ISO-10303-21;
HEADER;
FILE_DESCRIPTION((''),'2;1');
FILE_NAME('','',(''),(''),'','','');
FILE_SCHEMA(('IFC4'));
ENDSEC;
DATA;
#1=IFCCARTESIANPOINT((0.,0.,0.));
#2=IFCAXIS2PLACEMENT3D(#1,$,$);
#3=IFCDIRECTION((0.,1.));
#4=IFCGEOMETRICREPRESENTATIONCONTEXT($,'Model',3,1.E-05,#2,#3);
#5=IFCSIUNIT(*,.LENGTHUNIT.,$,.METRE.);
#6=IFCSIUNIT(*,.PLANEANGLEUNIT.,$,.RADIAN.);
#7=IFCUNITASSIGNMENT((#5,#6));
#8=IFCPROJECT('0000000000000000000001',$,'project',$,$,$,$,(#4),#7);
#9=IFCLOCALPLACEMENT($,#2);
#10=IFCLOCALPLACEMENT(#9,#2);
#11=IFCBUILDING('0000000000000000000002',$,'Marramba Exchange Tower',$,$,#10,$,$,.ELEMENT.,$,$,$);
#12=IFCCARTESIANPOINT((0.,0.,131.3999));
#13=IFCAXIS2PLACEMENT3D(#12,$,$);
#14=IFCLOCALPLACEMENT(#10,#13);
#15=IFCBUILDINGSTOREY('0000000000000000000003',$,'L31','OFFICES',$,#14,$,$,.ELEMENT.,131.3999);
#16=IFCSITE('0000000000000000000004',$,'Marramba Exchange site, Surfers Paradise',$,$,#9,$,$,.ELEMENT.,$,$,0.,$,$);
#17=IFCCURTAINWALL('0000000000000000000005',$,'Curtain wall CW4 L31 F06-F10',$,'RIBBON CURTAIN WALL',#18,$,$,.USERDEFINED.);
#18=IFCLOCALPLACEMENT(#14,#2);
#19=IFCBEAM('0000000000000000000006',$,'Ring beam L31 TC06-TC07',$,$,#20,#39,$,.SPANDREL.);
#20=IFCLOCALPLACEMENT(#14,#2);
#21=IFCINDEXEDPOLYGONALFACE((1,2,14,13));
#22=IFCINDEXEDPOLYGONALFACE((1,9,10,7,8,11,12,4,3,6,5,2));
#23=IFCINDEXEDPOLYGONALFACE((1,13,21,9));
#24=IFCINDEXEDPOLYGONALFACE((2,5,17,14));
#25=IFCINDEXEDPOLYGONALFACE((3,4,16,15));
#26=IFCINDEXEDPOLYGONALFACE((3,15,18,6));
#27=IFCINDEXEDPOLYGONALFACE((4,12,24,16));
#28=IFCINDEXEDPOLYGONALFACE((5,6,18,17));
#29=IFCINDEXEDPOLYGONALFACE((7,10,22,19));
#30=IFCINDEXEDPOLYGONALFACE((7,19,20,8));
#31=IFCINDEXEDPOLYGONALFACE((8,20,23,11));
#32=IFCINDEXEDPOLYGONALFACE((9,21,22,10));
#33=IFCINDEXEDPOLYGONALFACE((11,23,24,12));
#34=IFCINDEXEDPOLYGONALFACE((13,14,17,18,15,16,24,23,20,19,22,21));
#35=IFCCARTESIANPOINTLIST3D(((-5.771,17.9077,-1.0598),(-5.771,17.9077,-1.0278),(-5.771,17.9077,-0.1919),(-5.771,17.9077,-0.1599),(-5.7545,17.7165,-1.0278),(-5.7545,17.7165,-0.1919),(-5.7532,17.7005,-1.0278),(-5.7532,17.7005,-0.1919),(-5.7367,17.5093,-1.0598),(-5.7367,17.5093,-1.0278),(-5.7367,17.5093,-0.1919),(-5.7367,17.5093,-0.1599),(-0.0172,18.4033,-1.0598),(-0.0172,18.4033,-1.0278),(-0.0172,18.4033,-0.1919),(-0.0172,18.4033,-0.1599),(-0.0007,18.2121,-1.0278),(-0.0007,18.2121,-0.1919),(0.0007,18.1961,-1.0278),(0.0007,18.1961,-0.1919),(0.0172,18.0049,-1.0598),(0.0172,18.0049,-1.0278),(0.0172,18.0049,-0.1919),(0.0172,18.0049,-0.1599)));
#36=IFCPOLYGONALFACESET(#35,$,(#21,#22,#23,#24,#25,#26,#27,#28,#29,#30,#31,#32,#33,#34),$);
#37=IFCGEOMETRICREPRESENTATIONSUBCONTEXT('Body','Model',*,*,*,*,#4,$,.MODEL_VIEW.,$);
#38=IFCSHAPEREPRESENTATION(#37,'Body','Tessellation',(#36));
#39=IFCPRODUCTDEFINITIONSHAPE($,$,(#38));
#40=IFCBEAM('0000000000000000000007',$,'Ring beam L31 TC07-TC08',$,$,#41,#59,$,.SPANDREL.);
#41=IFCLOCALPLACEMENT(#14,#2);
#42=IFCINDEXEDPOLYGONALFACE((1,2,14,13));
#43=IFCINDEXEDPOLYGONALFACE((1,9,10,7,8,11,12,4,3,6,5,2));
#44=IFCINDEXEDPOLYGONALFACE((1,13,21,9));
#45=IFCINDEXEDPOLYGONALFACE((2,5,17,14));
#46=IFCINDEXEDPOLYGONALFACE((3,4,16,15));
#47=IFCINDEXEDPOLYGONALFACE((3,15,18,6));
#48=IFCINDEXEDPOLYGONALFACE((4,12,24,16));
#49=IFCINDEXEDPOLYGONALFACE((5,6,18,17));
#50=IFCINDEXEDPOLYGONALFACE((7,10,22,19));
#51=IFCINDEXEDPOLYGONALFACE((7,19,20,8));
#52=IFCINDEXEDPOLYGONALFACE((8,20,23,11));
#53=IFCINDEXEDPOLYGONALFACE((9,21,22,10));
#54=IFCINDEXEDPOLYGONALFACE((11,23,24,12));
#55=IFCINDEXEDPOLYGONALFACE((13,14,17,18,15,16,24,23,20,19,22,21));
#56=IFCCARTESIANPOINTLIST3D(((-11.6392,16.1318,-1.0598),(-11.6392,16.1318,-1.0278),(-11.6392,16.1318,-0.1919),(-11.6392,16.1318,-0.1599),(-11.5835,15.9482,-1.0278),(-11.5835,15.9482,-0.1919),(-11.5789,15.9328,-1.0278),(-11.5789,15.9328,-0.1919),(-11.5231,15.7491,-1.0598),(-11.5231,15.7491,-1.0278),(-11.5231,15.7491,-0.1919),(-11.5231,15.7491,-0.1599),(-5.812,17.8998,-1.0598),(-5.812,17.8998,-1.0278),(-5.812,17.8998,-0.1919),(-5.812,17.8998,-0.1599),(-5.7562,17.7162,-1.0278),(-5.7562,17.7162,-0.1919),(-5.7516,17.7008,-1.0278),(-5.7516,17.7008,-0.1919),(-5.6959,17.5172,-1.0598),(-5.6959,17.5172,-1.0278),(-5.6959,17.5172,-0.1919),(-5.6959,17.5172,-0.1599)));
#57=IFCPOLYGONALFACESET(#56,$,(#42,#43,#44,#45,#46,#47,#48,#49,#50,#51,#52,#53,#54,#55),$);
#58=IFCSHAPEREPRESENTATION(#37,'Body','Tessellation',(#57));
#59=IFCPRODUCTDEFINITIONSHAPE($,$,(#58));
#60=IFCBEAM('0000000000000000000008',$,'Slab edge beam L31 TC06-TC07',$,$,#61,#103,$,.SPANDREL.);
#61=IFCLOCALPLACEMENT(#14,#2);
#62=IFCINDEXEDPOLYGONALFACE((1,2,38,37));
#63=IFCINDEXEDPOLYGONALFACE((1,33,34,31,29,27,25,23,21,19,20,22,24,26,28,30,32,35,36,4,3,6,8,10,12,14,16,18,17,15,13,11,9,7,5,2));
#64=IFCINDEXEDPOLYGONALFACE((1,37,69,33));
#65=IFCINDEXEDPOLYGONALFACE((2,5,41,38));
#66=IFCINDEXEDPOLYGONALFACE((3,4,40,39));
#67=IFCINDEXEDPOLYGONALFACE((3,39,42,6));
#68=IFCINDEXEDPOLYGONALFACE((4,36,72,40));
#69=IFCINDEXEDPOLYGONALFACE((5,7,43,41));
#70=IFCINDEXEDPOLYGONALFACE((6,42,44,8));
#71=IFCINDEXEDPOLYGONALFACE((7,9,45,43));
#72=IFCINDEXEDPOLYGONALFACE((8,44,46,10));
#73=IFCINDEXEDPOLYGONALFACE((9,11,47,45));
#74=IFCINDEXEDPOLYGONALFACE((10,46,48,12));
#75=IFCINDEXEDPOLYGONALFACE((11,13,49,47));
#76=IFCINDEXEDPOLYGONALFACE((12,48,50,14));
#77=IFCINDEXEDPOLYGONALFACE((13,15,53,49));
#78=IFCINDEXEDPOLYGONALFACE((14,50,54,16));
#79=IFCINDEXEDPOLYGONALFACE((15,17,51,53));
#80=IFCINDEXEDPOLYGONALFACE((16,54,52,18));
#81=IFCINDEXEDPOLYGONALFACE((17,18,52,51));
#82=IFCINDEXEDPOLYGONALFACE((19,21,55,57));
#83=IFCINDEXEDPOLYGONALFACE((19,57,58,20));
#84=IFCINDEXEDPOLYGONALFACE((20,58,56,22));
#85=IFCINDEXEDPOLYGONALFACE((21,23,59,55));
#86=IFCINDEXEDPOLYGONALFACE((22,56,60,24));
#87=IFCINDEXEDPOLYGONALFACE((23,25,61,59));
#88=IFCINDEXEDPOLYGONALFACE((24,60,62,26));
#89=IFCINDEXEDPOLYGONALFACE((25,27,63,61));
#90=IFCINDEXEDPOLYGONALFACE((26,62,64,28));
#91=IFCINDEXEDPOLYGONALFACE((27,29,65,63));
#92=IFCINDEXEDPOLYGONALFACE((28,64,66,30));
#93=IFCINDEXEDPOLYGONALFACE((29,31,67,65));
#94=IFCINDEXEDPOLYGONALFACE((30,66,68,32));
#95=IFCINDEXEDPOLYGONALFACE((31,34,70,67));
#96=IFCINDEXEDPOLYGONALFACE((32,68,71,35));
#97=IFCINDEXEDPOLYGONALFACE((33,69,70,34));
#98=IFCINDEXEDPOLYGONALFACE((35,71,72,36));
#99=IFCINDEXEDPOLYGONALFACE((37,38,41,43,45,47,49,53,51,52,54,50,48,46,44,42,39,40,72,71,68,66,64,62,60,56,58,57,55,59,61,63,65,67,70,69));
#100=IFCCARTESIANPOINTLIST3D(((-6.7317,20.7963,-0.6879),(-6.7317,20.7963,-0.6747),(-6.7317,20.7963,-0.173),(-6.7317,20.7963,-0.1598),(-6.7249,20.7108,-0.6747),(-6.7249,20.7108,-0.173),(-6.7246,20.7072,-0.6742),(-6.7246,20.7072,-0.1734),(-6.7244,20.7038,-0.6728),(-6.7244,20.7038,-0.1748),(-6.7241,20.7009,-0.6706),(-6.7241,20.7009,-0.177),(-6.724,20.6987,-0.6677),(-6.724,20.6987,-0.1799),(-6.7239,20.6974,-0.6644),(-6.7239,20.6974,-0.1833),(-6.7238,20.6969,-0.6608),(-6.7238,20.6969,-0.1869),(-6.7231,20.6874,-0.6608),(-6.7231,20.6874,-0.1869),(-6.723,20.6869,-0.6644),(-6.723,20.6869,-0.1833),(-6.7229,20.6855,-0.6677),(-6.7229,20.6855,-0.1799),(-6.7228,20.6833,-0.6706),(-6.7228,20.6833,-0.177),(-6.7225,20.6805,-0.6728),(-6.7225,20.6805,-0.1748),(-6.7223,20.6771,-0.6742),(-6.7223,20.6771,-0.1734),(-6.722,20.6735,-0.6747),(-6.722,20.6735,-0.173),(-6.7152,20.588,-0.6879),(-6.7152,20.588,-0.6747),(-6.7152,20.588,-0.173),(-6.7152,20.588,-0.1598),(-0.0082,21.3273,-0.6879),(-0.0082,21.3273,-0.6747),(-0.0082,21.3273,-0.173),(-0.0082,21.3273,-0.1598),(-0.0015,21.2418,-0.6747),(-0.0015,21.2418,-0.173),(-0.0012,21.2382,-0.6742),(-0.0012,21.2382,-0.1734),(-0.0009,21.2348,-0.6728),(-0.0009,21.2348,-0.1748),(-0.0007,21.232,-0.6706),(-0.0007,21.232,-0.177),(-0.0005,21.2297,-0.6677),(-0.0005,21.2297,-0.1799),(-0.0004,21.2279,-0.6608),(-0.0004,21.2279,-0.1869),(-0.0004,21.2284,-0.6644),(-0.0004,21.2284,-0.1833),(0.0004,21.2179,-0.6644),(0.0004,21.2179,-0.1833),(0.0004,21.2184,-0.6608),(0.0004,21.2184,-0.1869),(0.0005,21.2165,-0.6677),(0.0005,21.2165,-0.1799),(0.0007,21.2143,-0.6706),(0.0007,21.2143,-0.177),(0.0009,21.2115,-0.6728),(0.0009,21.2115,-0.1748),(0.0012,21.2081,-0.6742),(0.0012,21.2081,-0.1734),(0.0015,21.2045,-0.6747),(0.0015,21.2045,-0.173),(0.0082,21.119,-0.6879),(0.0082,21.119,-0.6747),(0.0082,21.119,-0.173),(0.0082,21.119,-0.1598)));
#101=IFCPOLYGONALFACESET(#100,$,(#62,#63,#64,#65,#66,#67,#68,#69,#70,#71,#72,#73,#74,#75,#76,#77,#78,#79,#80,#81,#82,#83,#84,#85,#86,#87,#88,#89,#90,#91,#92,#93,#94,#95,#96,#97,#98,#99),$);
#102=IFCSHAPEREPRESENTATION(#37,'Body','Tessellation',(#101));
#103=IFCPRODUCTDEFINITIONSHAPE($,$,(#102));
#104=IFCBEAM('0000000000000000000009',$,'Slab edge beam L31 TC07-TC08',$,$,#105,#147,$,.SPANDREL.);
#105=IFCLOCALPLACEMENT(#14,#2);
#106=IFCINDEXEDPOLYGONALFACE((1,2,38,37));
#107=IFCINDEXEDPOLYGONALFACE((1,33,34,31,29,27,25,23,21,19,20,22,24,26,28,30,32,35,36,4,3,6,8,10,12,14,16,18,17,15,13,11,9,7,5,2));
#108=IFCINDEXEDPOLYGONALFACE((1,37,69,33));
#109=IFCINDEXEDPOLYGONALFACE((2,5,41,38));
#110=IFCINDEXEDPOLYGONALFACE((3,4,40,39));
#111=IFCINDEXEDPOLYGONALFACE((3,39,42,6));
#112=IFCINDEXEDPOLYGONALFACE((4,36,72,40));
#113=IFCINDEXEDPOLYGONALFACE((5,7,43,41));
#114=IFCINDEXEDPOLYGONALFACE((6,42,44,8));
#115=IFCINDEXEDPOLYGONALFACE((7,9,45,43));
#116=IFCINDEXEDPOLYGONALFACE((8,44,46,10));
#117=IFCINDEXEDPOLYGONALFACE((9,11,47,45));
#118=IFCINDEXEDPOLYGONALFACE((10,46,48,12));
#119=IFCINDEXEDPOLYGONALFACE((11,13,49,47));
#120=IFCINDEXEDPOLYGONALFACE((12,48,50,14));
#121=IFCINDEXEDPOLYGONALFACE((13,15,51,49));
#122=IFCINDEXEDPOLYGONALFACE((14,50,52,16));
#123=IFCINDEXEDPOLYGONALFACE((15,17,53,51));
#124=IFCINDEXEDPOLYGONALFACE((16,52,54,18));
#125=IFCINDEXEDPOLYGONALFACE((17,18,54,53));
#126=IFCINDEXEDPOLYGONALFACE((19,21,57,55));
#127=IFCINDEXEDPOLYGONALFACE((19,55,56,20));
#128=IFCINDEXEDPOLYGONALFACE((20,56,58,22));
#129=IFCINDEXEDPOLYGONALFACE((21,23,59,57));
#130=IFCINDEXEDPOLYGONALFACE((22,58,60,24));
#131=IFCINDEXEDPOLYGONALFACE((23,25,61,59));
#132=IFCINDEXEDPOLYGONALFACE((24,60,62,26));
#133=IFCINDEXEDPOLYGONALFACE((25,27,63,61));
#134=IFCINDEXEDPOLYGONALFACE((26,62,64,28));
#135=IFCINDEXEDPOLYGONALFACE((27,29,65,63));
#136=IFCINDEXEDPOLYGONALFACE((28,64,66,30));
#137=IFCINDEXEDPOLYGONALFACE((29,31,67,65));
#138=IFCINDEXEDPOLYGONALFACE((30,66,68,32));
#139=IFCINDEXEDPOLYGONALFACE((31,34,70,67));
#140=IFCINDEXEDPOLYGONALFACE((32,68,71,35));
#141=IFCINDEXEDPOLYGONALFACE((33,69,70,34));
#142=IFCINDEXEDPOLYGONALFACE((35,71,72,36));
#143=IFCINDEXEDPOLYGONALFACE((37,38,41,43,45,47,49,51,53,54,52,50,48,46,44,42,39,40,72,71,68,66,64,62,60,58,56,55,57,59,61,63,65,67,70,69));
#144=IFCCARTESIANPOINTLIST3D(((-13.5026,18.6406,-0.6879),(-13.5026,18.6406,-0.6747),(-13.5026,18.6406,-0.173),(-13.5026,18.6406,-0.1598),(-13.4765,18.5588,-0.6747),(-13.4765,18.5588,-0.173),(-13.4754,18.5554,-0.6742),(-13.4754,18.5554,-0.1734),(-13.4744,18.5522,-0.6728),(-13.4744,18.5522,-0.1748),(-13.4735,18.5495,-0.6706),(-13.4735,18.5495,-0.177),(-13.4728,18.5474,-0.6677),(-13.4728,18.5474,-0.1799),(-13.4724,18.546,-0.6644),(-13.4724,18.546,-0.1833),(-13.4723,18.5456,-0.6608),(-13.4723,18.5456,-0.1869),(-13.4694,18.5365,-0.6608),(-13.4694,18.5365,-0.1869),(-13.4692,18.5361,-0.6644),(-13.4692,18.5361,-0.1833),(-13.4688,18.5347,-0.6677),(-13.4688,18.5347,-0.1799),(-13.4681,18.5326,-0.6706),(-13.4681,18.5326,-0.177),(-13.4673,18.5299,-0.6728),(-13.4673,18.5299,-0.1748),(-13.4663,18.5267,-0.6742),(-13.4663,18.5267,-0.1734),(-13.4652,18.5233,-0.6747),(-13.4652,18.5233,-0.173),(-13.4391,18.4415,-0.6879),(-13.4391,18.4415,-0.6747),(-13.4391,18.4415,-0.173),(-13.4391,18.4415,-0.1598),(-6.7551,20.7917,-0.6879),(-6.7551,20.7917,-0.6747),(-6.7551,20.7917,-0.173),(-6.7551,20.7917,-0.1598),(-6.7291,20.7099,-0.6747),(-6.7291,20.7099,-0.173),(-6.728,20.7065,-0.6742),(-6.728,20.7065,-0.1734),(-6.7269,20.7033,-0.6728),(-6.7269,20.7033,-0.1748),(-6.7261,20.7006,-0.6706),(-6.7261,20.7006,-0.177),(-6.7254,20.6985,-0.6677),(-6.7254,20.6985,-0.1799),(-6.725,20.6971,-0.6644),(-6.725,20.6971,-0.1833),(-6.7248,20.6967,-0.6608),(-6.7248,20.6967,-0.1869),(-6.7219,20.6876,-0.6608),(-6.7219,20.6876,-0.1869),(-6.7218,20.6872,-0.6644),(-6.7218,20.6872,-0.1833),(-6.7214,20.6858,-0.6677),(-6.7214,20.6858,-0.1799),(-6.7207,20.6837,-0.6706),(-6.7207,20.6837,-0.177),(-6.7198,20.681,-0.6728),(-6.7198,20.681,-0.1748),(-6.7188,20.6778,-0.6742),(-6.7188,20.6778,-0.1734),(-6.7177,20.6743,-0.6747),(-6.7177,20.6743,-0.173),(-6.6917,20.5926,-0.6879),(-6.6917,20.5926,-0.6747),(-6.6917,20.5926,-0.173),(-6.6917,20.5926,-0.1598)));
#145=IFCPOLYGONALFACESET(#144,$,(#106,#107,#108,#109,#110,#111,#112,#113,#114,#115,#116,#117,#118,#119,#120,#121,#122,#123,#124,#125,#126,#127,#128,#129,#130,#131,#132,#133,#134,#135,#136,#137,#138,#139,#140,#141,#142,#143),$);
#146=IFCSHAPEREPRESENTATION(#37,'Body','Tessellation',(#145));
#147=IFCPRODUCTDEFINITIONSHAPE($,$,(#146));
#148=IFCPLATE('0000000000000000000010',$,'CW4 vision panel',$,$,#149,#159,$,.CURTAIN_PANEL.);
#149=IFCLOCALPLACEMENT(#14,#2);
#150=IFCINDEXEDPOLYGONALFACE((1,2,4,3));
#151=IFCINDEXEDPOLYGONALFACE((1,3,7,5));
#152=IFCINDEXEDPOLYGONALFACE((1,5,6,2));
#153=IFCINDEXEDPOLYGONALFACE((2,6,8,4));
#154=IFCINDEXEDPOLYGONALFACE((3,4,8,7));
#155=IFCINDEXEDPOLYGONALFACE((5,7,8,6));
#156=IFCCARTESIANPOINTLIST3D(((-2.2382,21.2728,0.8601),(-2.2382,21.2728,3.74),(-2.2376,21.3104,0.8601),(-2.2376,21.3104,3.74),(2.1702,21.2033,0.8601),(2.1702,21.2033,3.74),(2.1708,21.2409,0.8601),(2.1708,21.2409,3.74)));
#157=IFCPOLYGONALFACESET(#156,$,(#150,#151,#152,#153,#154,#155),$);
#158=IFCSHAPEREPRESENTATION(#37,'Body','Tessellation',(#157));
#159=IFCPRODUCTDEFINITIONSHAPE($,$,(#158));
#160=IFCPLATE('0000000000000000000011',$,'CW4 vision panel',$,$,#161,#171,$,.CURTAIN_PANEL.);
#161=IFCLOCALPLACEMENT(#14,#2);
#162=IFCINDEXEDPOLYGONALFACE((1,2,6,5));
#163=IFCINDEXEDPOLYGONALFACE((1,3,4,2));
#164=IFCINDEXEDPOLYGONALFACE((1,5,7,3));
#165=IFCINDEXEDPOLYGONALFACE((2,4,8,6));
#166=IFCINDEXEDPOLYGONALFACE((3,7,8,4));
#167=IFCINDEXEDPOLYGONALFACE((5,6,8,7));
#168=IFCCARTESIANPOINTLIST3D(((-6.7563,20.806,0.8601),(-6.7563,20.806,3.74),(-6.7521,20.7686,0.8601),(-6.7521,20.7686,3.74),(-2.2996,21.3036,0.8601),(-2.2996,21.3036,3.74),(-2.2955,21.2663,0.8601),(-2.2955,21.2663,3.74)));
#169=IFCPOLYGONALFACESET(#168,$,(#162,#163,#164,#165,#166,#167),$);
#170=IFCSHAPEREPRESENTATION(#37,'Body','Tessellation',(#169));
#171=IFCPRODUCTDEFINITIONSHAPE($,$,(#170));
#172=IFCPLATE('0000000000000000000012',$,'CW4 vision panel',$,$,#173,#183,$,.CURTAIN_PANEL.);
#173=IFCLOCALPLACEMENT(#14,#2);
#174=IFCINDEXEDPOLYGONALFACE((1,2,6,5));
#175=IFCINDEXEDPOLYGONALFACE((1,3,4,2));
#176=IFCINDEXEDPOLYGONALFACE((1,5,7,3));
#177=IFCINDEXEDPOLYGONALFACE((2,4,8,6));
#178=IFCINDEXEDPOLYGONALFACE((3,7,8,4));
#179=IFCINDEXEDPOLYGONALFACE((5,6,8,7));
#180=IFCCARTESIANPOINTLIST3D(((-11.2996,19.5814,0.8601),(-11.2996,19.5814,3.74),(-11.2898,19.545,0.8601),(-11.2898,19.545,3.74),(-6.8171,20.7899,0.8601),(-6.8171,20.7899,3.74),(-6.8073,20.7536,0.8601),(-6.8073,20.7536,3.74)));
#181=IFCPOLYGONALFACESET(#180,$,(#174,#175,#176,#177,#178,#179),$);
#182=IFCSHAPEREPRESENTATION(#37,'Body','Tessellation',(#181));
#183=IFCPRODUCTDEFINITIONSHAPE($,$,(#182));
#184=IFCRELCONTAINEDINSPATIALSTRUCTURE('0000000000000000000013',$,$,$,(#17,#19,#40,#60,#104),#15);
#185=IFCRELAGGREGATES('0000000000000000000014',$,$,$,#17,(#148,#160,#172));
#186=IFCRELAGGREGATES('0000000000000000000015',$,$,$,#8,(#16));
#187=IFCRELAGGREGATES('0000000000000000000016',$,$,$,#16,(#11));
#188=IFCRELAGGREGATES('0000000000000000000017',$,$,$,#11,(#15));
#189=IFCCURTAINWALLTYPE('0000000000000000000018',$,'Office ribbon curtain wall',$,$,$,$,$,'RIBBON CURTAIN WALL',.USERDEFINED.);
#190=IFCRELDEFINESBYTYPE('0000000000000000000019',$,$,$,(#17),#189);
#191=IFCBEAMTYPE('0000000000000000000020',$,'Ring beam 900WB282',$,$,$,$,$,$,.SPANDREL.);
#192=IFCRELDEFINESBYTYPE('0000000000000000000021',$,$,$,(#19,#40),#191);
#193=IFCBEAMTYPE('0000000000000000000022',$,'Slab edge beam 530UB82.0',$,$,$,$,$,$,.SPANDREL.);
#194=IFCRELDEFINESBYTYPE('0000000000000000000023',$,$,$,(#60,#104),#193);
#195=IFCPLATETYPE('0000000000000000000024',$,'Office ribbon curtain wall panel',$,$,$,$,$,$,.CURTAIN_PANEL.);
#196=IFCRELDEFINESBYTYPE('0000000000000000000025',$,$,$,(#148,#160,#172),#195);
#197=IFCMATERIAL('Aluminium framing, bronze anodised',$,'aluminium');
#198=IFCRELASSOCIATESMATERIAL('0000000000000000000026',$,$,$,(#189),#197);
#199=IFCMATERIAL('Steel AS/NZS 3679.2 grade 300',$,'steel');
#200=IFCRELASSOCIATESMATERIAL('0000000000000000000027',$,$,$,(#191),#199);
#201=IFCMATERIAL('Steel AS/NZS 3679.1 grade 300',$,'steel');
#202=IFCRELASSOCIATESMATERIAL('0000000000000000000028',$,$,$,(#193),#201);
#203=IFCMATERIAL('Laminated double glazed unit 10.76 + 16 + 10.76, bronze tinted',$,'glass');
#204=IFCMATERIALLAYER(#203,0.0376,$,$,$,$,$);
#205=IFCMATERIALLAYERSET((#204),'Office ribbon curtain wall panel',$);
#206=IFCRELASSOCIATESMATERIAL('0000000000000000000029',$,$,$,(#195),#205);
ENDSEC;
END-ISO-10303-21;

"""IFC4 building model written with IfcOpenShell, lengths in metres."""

from ifc_helpers import new_model, si_unit, direction, frame, origin, origin_2d, place, context, subcontext, project, spatial, rectangle, i_section, extrude, material, layer, layer_set, material_profile, profile_set, type_object, element, aggregate, save


model = new_model("IFC4")

# Units and contexts
model_context = context("Model", 3, precision=1e-05, world=origin(), true_north=direction((0.0, 1.0)))
body_context = subcontext(model_context, "Body", "Model", "MODEL_VIEW")
ifc_project = project(units=[si_unit("LENGTHUNIT", "METRE"), si_unit("PLANEANGLEUNIT", "RADIAN")], contexts=[model_context])

# Site, building, storey
site_placement = place(None, origin())
site = spatial("IfcSite", under=ifc_project, at=site_placement, Name="Marramba Exchange site, Surfers Paradise", CompositionType="ELEMENT", RefElevation=0.0)
building_placement = place(site_placement, origin())
building = spatial("IfcBuilding", under=site, at=building_placement, Name="Marramba Exchange Tower", CompositionType="ELEMENT")
storey_placement = place(building_placement, frame((0.0, 0.0, 131.3999)))
storey = spatial("IfcBuildingStorey", under=building, at=storey_placement, Name="L31", Description="OFFICES", CompositionType="ELEMENT", Elevation=131.3999)

# Shared definitions
ifc_material_1 = material(Name="Steel AS/NZS 3679.2 grade 300", Category="steel")

# Curtain wall
ifc_material_2 = material(Name="Aluminium framing, bronze anodised", Category="aluminium")
curtain_wall_type = type_object("IfcCurtainWallType", Name="Office ribbon curtain wall", ElementType="RIBBON CURTAIN WALL", PredefinedType="USERDEFINED", material=ifc_material_2)
curtain_wall_1_placement = place(storey_placement, origin())
curtain_wall_1 = element("IfcCurtainWall", 1, at=curtain_wall_1_placement, inside=storey, type_object=curtain_wall_type, Name="Curtain wall CW4 L31 F06-F10", ObjectType="RIBBON CURTAIN WALL", PredefinedType="USERDEFINED")

# Beams
ifc_material_profile_1 = material_profile(ifc_material_1, i_section(OverallWidth=0.3999, OverallDepth=0.8999, WebThickness=0.0161, FlangeThickness=0.032, at=origin_2d()), Name="900WB282")
ifc_profile_set_1 = profile_set([ifc_material_profile_1], Name="Steel AS/NZS 3679.2 grade 300")
beam_type_1 = type_object("IfcBeamType", Name="Ring beam 900WB282", PredefinedType="SPANDREL", material=ifc_profile_set_1)
beam_1_placement = place(storey_placement, frame((0.0, 18.2041, -0.6099), z_axis=(-0.996311, -0.085816, 0.0), x_axis=(0.085816, -0.996311, 0.0)))
element("IfcBeam", 2, at=beam_1_placement, inside=storey, type_object=beam_type_1, Name="Ring beam L31 TC06-TC07", PredefinedType="SPANDREL", context=body_context, shape_type="SweptSolid", body=[
    extrude(i_section(OverallWidth=0.3999, OverallDepth=0.8999, WebThickness=0.0161, FlangeThickness=0.032, at=origin_2d()), origin(), (0.0, 0.0, 1.0), 5.7751),
])
beam_2_placement = place(storey_placement, frame((-5.7539, 17.7085, -0.6099), z_axis=(-0.956925, -0.290337, 0.0), x_axis=(0.290337, -0.956925, 0.0)))
element("IfcBeam", 3, at=beam_2_placement, inside=storey, type_object=beam_type_1, Name="Ring beam L31 TC07-TC08", PredefinedType="SPANDREL", context=body_context, shape_type="SweptSolid", body=[
    extrude(i_section(OverallWidth=0.3999, OverallDepth=0.8999, WebThickness=0.0161, FlangeThickness=0.032, at=origin_2d()), origin(), (0.0, 0.0, 1.0), 6.0896),
])
ifc_material_3 = material(Name="Steel AS/NZS 3679.1 grade 300", Category="steel")
ifc_material_profile_2 = material_profile(ifc_material_3, i_section(OverallWidth=0.209, OverallDepth=0.5281, WebThickness=0.0095, FlangeThickness=0.0132, FilletRadius=0.0139, at=origin_2d()), Name="530UB82.0")
ifc_profile_set_2 = profile_set([ifc_material_profile_2], Name="Steel AS/NZS 3679.1 grade 300")
beam_type_2 = type_object("IfcBeamType", Name="Slab edge beam 530UB82.0", PredefinedType="SPANDREL", material=ifc_profile_set_2)
beam_3_placement = place(storey_placement, frame((0.0, 21.2231, -0.4238), z_axis=(-0.996896, -0.078734, 0.0), x_axis=(0.078734, -0.996896, 0.0)))
element("IfcBeam", 4, at=beam_3_placement, inside=storey, type_object=beam_type_2, Name="Slab edge beam L31 TC06-TC07", PredefinedType="SPANDREL", context=body_context, shape_type="SweptSolid", body=[
    extrude(i_section(OverallWidth=0.209, OverallDepth=0.5281, WebThickness=0.0095, FlangeThickness=0.0132, FilletRadius=0.0139, at=origin_2d()), origin(), (0.0, 0.0, 1.0), 6.7444),
])
beam_4_placement = place(storey_placement, frame((-6.7234, 20.6921, -0.4238), z_axis=(-0.952755, -0.303739, 0.0), x_axis=(0.303739, -0.952755, 0.0)))
element("IfcBeam", 5, at=beam_4_placement, inside=storey, type_object=beam_type_2, Name="Slab edge beam L31 TC07-TC08", PredefinedType="SPANDREL", context=body_context, shape_type="SweptSolid", body=[
    extrude(i_section(OverallWidth=0.209, OverallDepth=0.5281, WebThickness=0.0095, FlangeThickness=0.0132, FilletRadius=0.0139, at=origin_2d()), origin(), (0.0, 0.0, 1.0), 7.082),
])

# Plates
ifc_material_4 = material(Name="Laminated double glazed unit 10.76 + 16 + 10.76, bronze tinted", Category="glass")
ifc_layer_1 = layer(ifc_material_4, 0.0376)
ifc_layer_set_1 = layer_set([ifc_layer_1], Name="Office ribbon curtain wall panel")
plate_type = type_object("IfcPlateType", Name="Office ribbon curtain wall panel", PredefinedType="CURTAIN_PANEL", material=ifc_layer_set_1)
plate_1_placement = place(storey_placement, frame((-0.0337, 21.2568, 0.8601), z_axis=(0.0, 0.0, 1.0), x_axis=(-0.999876, 0.015756, 0.0)))
plate_1 = element("IfcPlate", 6, at=plate_1_placement, type_object=plate_type, Name="CW4 vision panel", PredefinedType="CURTAIN_PANEL", context=body_context, shape_type="SweptSolid", body=[
    extrude(rectangle(XDim=4.4089, YDim=0.0376, at=origin_2d()), origin(), (0.0, 0.0, 1.0), 2.8799),
])
plate_2_placement = place(storey_placement, frame((-4.5259, 21.0361, 0.8601), z_axis=(0.0, 0.0, 1.0), x_axis=(-0.993823, -0.110973, 0.0)))
plate_2 = element("IfcPlate", 7, at=plate_2_placement, type_object=plate_type, Name="CW4 vision panel", PredefinedType="CURTAIN_PANEL", context=body_context, shape_type="SweptSolid", body=[
    extrude(rectangle(XDim=4.4844, YDim=0.0376, at=origin_2d()), origin(), (0.0, 0.0, 1.0), 2.8799),
])
plate_3_placement = place(storey_placement, frame((-9.0535, 20.1675, 0.8601), z_axis=(0.0, 0.0, 1.0), x_axis=(-0.965522, -0.260321, 0.0)))
plate_3 = element("IfcPlate", 8, at=plate_3_placement, type_object=plate_type, Name="CW4 vision panel", PredefinedType="CURTAIN_PANEL", context=body_context, shape_type="SweptSolid", body=[
    extrude(rectangle(XDim=4.6426, YDim=0.0376, at=origin_2d()), origin(), (0.0, 0.0, 1.0), 2.8799),
])
aggregate(curtain_wall_1, [plate_1, plate_2, plate_3])

save(model, "model.ifc")
